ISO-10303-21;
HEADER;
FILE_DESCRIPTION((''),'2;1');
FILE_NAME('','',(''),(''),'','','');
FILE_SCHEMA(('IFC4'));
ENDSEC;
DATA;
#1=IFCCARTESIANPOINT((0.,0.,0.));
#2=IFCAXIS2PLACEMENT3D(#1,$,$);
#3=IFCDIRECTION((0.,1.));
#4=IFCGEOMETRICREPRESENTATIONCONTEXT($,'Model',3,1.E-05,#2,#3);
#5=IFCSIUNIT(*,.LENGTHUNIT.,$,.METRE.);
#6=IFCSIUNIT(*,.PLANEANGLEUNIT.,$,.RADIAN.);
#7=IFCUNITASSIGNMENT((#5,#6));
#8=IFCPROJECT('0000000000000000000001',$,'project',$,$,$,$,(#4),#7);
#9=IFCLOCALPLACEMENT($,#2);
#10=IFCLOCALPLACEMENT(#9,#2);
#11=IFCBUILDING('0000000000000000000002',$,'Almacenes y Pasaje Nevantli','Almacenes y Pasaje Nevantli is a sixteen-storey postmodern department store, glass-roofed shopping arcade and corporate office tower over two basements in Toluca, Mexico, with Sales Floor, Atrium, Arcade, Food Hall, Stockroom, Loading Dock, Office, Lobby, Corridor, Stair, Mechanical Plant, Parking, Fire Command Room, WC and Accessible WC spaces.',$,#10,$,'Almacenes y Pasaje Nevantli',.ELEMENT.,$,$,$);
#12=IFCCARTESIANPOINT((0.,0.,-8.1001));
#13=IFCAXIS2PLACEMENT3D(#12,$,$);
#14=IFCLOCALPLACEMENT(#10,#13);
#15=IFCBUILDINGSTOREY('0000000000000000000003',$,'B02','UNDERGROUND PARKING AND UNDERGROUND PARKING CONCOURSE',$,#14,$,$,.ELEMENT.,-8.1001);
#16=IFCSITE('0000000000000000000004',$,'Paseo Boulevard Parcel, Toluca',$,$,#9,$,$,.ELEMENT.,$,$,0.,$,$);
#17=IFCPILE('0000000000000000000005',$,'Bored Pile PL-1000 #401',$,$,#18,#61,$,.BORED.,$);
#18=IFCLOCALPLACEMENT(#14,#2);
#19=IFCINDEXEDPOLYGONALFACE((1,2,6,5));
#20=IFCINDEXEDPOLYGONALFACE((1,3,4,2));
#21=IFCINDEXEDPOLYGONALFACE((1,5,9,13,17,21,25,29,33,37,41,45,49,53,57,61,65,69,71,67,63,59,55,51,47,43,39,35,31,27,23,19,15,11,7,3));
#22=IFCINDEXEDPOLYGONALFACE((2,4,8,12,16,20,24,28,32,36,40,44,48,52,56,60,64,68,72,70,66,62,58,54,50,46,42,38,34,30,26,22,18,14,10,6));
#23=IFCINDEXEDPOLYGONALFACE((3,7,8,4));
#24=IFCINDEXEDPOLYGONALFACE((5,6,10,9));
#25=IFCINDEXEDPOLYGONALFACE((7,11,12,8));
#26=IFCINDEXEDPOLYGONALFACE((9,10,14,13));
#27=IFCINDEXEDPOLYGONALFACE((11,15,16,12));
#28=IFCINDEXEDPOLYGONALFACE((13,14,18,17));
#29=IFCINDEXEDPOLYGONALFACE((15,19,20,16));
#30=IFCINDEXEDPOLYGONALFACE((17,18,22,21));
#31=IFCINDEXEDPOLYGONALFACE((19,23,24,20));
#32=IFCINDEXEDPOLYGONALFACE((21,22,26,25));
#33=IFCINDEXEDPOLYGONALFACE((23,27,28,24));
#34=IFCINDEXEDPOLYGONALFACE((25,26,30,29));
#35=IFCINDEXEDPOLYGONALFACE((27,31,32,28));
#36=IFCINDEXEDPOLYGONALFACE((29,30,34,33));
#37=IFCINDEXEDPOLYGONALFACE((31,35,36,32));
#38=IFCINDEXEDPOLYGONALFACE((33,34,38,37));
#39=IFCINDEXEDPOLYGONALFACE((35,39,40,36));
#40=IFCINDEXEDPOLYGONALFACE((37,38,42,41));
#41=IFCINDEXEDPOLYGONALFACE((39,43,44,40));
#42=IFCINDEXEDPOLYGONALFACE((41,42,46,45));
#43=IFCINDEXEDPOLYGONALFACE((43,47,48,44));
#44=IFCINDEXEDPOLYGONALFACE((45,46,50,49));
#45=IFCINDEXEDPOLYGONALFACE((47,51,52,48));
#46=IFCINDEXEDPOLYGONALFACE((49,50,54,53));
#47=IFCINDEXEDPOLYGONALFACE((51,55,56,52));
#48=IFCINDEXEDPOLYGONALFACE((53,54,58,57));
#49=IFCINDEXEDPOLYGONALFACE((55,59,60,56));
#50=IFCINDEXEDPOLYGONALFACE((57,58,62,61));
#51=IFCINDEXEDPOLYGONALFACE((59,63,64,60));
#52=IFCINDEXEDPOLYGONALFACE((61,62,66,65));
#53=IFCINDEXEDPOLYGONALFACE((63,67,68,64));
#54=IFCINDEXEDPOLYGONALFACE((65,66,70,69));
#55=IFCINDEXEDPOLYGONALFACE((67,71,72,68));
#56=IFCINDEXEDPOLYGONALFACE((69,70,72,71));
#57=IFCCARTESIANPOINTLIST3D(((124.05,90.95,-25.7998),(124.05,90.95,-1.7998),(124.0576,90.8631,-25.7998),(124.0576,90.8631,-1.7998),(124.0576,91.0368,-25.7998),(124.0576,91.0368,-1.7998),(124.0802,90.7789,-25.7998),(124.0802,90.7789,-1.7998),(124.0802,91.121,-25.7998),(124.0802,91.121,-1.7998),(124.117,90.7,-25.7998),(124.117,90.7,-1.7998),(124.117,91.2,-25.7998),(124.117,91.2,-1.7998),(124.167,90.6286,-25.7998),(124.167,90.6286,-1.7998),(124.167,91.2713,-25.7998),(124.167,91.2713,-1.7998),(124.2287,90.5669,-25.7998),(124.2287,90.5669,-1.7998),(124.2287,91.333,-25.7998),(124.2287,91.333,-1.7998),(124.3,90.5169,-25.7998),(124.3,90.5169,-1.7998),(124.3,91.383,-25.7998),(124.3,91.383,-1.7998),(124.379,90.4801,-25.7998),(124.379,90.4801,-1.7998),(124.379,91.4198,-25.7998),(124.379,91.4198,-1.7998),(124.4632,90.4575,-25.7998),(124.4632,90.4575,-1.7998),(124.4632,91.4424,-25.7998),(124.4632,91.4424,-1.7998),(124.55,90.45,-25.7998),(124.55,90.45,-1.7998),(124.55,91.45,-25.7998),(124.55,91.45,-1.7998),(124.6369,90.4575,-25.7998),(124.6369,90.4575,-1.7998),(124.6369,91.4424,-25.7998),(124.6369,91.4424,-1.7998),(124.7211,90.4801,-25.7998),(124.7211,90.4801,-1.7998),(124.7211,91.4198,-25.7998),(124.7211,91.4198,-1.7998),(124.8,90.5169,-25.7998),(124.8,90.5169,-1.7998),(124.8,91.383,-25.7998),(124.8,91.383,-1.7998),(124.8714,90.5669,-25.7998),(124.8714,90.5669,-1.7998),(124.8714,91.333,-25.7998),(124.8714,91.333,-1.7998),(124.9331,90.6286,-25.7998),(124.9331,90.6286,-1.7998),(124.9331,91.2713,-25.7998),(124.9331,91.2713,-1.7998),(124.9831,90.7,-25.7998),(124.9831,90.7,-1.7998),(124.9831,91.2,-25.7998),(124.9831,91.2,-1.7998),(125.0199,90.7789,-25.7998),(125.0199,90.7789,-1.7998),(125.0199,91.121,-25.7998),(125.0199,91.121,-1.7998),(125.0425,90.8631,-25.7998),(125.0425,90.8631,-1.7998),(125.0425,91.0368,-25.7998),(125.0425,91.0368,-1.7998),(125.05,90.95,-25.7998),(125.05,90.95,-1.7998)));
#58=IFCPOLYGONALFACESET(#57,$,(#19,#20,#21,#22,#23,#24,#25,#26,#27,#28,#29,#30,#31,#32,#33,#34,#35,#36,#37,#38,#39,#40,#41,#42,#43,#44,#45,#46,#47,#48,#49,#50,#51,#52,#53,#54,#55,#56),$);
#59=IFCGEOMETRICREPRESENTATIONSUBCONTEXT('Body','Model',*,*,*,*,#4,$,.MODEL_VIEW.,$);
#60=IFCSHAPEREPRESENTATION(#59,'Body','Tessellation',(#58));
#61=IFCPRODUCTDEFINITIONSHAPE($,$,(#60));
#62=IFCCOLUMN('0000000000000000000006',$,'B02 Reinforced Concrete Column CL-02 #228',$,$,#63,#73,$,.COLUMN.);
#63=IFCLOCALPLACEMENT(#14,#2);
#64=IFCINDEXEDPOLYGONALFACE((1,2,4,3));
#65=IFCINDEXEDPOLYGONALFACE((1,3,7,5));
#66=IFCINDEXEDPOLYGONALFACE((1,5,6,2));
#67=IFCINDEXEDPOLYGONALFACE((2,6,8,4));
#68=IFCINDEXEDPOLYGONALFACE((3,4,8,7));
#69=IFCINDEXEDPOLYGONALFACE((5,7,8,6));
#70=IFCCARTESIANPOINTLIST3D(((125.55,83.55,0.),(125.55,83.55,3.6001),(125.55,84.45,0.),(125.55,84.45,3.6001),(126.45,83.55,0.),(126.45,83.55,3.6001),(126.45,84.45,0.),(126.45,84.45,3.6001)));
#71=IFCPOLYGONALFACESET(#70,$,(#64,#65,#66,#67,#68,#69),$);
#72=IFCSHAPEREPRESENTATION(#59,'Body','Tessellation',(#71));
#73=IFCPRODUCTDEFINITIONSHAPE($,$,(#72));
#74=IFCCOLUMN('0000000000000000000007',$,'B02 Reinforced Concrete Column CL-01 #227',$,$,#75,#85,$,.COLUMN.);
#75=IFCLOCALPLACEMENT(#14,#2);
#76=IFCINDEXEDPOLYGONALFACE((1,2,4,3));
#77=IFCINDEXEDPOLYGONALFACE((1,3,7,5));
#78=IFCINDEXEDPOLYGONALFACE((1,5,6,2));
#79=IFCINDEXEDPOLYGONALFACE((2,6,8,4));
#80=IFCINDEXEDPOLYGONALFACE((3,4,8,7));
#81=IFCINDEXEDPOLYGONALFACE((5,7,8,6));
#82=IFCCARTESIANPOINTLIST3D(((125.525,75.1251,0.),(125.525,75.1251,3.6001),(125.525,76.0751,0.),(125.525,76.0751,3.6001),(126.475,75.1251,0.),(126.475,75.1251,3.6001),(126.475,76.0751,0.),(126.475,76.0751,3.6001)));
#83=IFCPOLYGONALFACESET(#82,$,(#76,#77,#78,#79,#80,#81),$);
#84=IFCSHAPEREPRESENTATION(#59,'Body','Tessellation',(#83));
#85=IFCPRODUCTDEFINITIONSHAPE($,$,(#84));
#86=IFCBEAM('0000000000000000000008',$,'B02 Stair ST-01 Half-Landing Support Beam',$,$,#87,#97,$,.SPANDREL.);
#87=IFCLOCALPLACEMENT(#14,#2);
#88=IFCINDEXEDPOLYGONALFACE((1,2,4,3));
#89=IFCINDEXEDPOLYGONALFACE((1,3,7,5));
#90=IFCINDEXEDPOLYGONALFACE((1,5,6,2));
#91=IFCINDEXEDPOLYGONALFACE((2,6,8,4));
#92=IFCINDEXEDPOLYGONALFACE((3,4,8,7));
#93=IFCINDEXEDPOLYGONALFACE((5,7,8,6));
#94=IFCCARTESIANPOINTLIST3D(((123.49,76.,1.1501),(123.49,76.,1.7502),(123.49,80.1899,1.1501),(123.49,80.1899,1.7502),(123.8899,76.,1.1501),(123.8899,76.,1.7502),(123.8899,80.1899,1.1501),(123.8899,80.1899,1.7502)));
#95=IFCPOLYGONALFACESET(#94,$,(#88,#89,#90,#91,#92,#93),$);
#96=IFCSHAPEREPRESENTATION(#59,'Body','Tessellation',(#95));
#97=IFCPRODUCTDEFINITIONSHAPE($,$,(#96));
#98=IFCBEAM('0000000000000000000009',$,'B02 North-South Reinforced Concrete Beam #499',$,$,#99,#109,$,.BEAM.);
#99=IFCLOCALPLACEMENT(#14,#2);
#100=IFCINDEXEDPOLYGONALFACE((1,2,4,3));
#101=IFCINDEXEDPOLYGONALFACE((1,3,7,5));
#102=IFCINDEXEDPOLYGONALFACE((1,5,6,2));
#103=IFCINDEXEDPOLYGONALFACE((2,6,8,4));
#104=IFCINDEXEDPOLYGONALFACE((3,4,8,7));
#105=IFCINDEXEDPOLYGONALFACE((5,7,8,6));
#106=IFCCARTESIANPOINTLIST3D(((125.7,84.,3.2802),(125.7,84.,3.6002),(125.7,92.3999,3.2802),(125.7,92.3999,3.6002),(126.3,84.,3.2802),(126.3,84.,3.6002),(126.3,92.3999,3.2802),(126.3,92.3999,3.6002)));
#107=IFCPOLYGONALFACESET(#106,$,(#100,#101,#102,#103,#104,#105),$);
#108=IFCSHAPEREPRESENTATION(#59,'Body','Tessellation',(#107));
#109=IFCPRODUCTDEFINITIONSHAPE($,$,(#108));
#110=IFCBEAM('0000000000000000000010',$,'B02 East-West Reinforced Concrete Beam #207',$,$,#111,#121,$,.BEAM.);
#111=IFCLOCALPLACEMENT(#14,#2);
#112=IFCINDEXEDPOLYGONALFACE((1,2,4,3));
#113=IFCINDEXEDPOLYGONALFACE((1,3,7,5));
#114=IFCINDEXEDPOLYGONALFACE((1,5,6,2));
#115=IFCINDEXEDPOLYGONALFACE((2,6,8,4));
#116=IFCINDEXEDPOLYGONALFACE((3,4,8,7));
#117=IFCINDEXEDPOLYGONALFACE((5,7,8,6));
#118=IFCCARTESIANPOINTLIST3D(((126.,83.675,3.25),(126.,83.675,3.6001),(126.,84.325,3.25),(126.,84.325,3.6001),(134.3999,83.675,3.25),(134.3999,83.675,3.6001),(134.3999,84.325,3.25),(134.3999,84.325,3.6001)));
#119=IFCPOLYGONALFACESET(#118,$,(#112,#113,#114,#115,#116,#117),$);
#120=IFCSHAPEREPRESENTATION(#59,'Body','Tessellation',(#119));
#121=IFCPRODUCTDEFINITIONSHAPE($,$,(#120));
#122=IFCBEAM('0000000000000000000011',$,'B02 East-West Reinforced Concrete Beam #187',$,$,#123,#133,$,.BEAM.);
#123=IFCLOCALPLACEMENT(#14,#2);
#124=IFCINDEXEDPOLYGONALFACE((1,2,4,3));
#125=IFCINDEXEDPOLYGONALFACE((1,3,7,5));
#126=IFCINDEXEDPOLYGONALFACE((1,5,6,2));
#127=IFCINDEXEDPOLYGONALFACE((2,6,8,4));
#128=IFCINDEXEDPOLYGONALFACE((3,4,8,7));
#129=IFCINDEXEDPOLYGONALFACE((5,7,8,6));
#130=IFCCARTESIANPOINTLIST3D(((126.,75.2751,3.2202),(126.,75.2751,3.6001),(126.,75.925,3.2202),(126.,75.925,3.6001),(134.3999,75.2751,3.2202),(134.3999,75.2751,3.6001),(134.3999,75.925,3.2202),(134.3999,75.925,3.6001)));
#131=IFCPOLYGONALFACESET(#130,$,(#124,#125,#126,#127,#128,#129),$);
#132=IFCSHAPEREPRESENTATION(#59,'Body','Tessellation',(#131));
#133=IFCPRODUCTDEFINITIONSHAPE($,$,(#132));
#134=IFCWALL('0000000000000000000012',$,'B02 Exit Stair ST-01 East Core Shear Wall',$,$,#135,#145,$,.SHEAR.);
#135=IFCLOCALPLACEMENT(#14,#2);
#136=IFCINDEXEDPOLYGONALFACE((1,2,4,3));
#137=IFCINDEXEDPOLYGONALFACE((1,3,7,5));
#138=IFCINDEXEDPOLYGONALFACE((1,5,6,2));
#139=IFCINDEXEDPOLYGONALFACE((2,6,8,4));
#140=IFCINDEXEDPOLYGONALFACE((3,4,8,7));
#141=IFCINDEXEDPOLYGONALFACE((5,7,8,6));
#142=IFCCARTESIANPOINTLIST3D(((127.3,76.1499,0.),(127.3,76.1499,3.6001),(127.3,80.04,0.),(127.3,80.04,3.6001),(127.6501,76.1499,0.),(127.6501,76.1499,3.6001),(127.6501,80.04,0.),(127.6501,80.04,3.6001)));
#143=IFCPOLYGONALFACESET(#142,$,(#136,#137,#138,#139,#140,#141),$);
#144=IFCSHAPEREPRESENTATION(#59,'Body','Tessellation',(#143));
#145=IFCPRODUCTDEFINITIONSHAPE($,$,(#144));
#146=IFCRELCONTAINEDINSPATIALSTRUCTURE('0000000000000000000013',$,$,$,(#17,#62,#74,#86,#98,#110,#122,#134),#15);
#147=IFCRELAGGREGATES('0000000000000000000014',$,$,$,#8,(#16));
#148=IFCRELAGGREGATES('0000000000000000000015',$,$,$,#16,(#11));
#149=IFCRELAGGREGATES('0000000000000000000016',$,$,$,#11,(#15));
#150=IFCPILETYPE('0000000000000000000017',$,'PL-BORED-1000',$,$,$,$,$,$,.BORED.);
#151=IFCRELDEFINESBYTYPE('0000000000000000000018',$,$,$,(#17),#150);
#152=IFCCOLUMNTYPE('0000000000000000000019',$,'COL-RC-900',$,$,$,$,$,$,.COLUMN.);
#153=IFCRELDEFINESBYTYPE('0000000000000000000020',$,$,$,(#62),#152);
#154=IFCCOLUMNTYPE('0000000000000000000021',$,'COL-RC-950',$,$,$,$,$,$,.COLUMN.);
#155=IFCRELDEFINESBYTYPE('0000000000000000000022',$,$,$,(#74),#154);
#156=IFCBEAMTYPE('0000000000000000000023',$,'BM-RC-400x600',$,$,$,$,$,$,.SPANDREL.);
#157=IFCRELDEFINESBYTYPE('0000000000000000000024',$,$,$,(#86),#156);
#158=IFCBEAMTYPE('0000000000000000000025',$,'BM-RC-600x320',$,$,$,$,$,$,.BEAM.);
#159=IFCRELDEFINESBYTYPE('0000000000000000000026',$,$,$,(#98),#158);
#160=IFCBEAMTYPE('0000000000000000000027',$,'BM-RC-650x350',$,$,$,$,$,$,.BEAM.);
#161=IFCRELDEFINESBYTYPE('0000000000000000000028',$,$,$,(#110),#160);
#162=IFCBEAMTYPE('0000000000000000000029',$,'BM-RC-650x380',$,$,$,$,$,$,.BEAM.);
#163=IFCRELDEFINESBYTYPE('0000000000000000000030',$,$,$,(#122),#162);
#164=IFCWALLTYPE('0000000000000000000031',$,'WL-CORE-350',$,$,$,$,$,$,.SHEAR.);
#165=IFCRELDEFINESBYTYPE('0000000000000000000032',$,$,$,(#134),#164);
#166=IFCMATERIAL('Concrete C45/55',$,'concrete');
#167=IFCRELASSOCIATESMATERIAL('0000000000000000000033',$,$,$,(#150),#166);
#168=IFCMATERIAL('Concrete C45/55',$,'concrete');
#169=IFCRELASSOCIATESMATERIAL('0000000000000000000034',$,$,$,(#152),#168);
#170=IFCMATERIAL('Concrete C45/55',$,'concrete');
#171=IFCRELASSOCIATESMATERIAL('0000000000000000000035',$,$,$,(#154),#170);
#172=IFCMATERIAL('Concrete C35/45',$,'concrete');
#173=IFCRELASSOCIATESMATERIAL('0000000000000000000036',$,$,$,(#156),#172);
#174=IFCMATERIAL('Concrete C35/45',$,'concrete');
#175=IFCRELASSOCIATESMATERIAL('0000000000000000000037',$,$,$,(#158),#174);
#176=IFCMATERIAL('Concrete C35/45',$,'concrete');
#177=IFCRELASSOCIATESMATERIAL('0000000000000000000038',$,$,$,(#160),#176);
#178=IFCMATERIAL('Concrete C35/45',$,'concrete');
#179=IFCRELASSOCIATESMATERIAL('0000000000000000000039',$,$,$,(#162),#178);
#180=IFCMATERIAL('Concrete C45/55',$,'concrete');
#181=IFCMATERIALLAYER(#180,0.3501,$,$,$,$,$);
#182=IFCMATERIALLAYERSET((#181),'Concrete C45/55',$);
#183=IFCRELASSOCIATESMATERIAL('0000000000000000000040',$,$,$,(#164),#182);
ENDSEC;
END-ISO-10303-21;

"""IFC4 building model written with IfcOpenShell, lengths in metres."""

from ifc_helpers import new_model, si_unit, direction, frame, frame_2d, origin, origin_2d, place, context, subcontext, project, spatial, rectangle, circle, extrude, material, layer, layer_set, material_profile, profile_set, type_object, element, save


model = new_model("IFC4")

# Units and contexts
model_context = context("Model", 3, precision=1e-05, world=origin(), true_north=direction((0.0, 1.0)))
body_context = subcontext(model_context, "Body", "Model", "MODEL_VIEW")
ifc_project = project(units=[si_unit("LENGTHUNIT", "METRE"), si_unit("PLANEANGLEUNIT", "RADIAN")], contexts=[model_context])

# Site, building, storey
site_placement = place(None, origin())
site = spatial("IfcSite", under=ifc_project, at=site_placement, Name="Paseo Boulevard Parcel, Toluca", CompositionType="ELEMENT", RefElevation=0.0)
building_placement = place(site_placement, origin())
building = spatial("IfcBuilding", under=site, at=building_placement, Name="Almacenes y Pasaje Nevantli", Description="Almacenes y Pasaje Nevantli is a sixteen-storey postmodern department store, glass-roofed shopping arcade and corporate office tower over two basements in Toluca, Mexico, with Sales Floor, Atrium, Arcade, Food Hall, Stockroom, Loading Dock, Office, Lobby, Corridor, Stair, Mechanical Plant, Parking, Fire Command Room, WC and Accessible WC spaces.", LongName="Almacenes y Pasaje Nevantli", CompositionType="ELEMENT")
storey_placement = place(building_placement, frame((0.0, 0.0, -8.1001)))
storey = spatial("IfcBuildingStorey", under=building, at=storey_placement, Name="B02", Description="UNDERGROUND PARKING AND UNDERGROUND PARKING CONCOURSE", CompositionType="ELEMENT", Elevation=-8.1001)

# Pile
ifc_material_1 = material(Name="Concrete C45/55", Category="concrete")
ifc_material_profile_1 = material_profile(ifc_material_1, circle(Radius=0.5, at=origin_2d()), Name="RC-PILE-D1000")
ifc_profile_set_1 = profile_set([ifc_material_profile_1], Name="Concrete C45/55")
pile_type = type_object("IfcPileType", Name="PL-BORED-1000", PredefinedType="BORED", material=ifc_profile_set_1)
for number, where, z_axis, x_axis, name in (
    (1, (124.55, 90.95, -1.7998), (0.0, 0.0, -1.0), (1.0, 0.0, 0.0), "Bored Pile PL-1000 #401"),
):
    element("IfcPile", number, at=place(storey_placement, frame(where, z_axis=z_axis, x_axis=x_axis)), inside=storey, type_object=pile_type, Name=name, PredefinedType="BORED", context=body_context, shape_type="SweptSolid", body=[
        extrude(circle(Radius=0.5, at=origin_2d()), origin(), (0.0, 0.0, 1.0), 24.0),
    ])

# Columns
ifc_material_2 = material(Name="Concrete C45/55", Category="concrete")
ifc_material_profile_2 = material_profile(ifc_material_2, rectangle(XDim=0.8999, YDim=0.8999, at=origin_2d()), Name="RC-COL-900x900")
ifc_profile_set_2 = profile_set([ifc_material_profile_2], Name="Concrete C45/55")
column_type_1 = type_object("IfcColumnType", Name="COL-RC-900", PredefinedType="COLUMN", material=ifc_profile_set_2)
column_1_placement = place(storey_placement, frame((126.0, 84.0, 0.0), z_axis=(0.0, 0.0, 1.0), x_axis=(1.0, 0.0, 0.0)))
element("IfcColumn", 2, at=column_1_placement, inside=storey, type_object=column_type_1, Name="B02 Reinforced Concrete Column CL-02 #228", PredefinedType="COLUMN", context=body_context, shape_type="SweptSolid", body=[
    extrude(rectangle(XDim=0.8999, YDim=0.8999, at=origin_2d()), origin(), (0.0, 0.0, 1.0), 3.6001),
])
ifc_material_3 = material(Name="Concrete C45/55", Category="concrete")
ifc_material_profile_3 = material_profile(ifc_material_3, rectangle(XDim=0.95, YDim=0.95, at=origin_2d()), Name="RC-COL-950x950")
ifc_profile_set_3 = profile_set([ifc_material_profile_3], Name="Concrete C45/55")
column_type_2 = type_object("IfcColumnType", Name="COL-RC-950", PredefinedType="COLUMN", material=ifc_profile_set_3)
column_2_placement = place(storey_placement, frame((126.0, 75.6001, 0.0), z_axis=(0.0, 0.0, 1.0), x_axis=(1.0, 0.0, 0.0)))
element("IfcColumn", 3, at=column_2_placement, inside=storey, type_object=column_type_2, Name="B02 Reinforced Concrete Column CL-01 #227", PredefinedType="COLUMN", context=body_context, shape_type="SweptSolid", body=[
    extrude(rectangle(XDim=0.95, YDim=0.95, at=origin_2d()), origin(), (0.0, 0.0, 1.0), 3.6001),
])

# Beams
ifc_material_4 = material(Name="Concrete C35/45", Category="concrete")
ifc_material_profile_4 = material_profile(ifc_material_4, rectangle(XDim=0.3999, YDim=0.6001, at=origin_2d()), Name="RC-BM-400x600")
ifc_profile_set_4 = profile_set([ifc_material_profile_4], Name="Concrete C35/45")
beam_type_1 = type_object("IfcBeamType", Name="BM-RC-400x600", PredefinedType="SPANDREL", material=ifc_profile_set_4)
beam_1_placement = place(storey_placement, frame((123.6899, 76.0, 1.4502), z_axis=(0.0, 1.0, 0.0), x_axis=(-1.0, 0.0, 0.0)))
element("IfcBeam", 4, at=beam_1_placement, inside=storey, type_object=beam_type_1, Name="B02 Stair ST-01 Half-Landing Support Beam", PredefinedType="SPANDREL", context=body_context, shape_type="SweptSolid", body=[
    extrude(rectangle(XDim=0.3999, YDim=0.6001, at=origin_2d()), origin(), (0.0, 0.0, 1.0), 4.1899),
])
ifc_material_5 = material(Name="Concrete C35/45", Category="concrete")
ifc_material_profile_5 = material_profile(ifc_material_5, rectangle(XDim=0.6001, YDim=0.3201, at=origin_2d()), Name="RC-BM-600x320")
ifc_profile_set_5 = profile_set([ifc_material_profile_5], Name="Concrete C35/45")
beam_type_2 = type_object("IfcBeamType", Name="BM-RC-600x320", PredefinedType="BEAM", material=ifc_profile_set_5)
beam_2_placement = place(storey_placement, frame((126.0, 84.0, 3.4402), z_axis=(0.0, 1.0, 0.0), x_axis=(-1.0, 0.0, 0.0)))
element("IfcBeam", 5, at=beam_2_placement, inside=storey, type_object=beam_type_2, Name="B02 North-South Reinforced Concrete Beam #499", PredefinedType="BEAM", context=body_context, shape_type="SweptSolid", body=[
    extrude(rectangle(XDim=0.6001, YDim=0.3201, at=origin_2d()), origin(), (0.0, 0.0, 1.0), 8.3999),
])
ifc_material_6 = material(Name="Concrete C35/45", Category="concrete")
ifc_material_profile_6 = material_profile(ifc_material_6, rectangle(XDim=0.6499, YDim=0.3501, at=origin_2d()), Name="RC-BM-650x350")
ifc_profile_set_6 = profile_set([ifc_material_profile_6], Name="Concrete C35/45")
beam_type_3 = type_object("IfcBeamType", Name="BM-RC-650x350", PredefinedType="BEAM", material=ifc_profile_set_6)
beam_3_placement = place(storey_placement, frame((126.0, 84.0, 3.425), z_axis=(1.0, 0.0, 0.0), x_axis=(0.0, 1.0, 0.0)))
element("IfcBeam", 6, at=beam_3_placement, inside=storey, type_object=beam_type_3, Name="B02 East-West Reinforced Concrete Beam #207", PredefinedType="BEAM", context=body_context, shape_type="SweptSolid", body=[
    extrude(rectangle(XDim=0.6499, YDim=0.3501, at=origin_2d()), origin(), (0.0, 0.0, 1.0), 8.3999),
])
ifc_material_7 = material(Name="Concrete C35/45", Category="concrete")
ifc_material_profile_7 = material_profile(ifc_material_7, rectangle(XDim=0.6499, YDim=0.3799, at=origin_2d()), Name="RC-BM-650x380")
ifc_profile_set_7 = profile_set([ifc_material_profile_7], Name="Concrete C35/45")
beam_type_4 = type_object("IfcBeamType", Name="BM-RC-650x380", PredefinedType="BEAM", material=ifc_profile_set_7)
beam_4_placement = place(storey_placement, frame((126.0, 75.6001, 3.4102), z_axis=(1.0, 0.0, 0.0), x_axis=(0.0, 1.0, 0.0)))
element("IfcBeam", 7, at=beam_4_placement, inside=storey, type_object=beam_type_4, Name="B02 East-West Reinforced Concrete Beam #187", PredefinedType="BEAM", context=body_context, shape_type="SweptSolid", body=[
    extrude(rectangle(XDim=0.6499, YDim=0.3799, at=origin_2d()), origin(), (0.0, 0.0, 1.0), 8.3999),
])

# Wall
ifc_material_8 = material(Name="Concrete C45/55", Category="concrete")
ifc_layer_1 = layer(ifc_material_8, 0.3501)
ifc_layer_set_1 = layer_set([ifc_layer_1], Name="Concrete C45/55")
wall_type_1 = type_object("IfcWallType", Name="WL-CORE-350", PredefinedType="SHEAR", material=ifc_layer_set_1)
wall_1_placement = place(storey_placement, frame((127.4751, 76.1499, 0.0), z_axis=(0.0, 0.0, 1.0), x_axis=(0.0, 1.0, 0.0)))
element("IfcWall", 8, at=wall_1_placement, inside=storey, type_object=wall_type_1, Name="B02 Exit Stair ST-01 East Core Shear Wall", PredefinedType="SHEAR", context=body_context, shape_type="SweptSolid", body=[
    extrude(rectangle(XDim=3.8901, YDim=0.3501, at=frame_2d((1.9451, 0.0))), origin(), (0.0, 0.0, 1.0), 3.6001),
])

save(model, "model.ifc")
